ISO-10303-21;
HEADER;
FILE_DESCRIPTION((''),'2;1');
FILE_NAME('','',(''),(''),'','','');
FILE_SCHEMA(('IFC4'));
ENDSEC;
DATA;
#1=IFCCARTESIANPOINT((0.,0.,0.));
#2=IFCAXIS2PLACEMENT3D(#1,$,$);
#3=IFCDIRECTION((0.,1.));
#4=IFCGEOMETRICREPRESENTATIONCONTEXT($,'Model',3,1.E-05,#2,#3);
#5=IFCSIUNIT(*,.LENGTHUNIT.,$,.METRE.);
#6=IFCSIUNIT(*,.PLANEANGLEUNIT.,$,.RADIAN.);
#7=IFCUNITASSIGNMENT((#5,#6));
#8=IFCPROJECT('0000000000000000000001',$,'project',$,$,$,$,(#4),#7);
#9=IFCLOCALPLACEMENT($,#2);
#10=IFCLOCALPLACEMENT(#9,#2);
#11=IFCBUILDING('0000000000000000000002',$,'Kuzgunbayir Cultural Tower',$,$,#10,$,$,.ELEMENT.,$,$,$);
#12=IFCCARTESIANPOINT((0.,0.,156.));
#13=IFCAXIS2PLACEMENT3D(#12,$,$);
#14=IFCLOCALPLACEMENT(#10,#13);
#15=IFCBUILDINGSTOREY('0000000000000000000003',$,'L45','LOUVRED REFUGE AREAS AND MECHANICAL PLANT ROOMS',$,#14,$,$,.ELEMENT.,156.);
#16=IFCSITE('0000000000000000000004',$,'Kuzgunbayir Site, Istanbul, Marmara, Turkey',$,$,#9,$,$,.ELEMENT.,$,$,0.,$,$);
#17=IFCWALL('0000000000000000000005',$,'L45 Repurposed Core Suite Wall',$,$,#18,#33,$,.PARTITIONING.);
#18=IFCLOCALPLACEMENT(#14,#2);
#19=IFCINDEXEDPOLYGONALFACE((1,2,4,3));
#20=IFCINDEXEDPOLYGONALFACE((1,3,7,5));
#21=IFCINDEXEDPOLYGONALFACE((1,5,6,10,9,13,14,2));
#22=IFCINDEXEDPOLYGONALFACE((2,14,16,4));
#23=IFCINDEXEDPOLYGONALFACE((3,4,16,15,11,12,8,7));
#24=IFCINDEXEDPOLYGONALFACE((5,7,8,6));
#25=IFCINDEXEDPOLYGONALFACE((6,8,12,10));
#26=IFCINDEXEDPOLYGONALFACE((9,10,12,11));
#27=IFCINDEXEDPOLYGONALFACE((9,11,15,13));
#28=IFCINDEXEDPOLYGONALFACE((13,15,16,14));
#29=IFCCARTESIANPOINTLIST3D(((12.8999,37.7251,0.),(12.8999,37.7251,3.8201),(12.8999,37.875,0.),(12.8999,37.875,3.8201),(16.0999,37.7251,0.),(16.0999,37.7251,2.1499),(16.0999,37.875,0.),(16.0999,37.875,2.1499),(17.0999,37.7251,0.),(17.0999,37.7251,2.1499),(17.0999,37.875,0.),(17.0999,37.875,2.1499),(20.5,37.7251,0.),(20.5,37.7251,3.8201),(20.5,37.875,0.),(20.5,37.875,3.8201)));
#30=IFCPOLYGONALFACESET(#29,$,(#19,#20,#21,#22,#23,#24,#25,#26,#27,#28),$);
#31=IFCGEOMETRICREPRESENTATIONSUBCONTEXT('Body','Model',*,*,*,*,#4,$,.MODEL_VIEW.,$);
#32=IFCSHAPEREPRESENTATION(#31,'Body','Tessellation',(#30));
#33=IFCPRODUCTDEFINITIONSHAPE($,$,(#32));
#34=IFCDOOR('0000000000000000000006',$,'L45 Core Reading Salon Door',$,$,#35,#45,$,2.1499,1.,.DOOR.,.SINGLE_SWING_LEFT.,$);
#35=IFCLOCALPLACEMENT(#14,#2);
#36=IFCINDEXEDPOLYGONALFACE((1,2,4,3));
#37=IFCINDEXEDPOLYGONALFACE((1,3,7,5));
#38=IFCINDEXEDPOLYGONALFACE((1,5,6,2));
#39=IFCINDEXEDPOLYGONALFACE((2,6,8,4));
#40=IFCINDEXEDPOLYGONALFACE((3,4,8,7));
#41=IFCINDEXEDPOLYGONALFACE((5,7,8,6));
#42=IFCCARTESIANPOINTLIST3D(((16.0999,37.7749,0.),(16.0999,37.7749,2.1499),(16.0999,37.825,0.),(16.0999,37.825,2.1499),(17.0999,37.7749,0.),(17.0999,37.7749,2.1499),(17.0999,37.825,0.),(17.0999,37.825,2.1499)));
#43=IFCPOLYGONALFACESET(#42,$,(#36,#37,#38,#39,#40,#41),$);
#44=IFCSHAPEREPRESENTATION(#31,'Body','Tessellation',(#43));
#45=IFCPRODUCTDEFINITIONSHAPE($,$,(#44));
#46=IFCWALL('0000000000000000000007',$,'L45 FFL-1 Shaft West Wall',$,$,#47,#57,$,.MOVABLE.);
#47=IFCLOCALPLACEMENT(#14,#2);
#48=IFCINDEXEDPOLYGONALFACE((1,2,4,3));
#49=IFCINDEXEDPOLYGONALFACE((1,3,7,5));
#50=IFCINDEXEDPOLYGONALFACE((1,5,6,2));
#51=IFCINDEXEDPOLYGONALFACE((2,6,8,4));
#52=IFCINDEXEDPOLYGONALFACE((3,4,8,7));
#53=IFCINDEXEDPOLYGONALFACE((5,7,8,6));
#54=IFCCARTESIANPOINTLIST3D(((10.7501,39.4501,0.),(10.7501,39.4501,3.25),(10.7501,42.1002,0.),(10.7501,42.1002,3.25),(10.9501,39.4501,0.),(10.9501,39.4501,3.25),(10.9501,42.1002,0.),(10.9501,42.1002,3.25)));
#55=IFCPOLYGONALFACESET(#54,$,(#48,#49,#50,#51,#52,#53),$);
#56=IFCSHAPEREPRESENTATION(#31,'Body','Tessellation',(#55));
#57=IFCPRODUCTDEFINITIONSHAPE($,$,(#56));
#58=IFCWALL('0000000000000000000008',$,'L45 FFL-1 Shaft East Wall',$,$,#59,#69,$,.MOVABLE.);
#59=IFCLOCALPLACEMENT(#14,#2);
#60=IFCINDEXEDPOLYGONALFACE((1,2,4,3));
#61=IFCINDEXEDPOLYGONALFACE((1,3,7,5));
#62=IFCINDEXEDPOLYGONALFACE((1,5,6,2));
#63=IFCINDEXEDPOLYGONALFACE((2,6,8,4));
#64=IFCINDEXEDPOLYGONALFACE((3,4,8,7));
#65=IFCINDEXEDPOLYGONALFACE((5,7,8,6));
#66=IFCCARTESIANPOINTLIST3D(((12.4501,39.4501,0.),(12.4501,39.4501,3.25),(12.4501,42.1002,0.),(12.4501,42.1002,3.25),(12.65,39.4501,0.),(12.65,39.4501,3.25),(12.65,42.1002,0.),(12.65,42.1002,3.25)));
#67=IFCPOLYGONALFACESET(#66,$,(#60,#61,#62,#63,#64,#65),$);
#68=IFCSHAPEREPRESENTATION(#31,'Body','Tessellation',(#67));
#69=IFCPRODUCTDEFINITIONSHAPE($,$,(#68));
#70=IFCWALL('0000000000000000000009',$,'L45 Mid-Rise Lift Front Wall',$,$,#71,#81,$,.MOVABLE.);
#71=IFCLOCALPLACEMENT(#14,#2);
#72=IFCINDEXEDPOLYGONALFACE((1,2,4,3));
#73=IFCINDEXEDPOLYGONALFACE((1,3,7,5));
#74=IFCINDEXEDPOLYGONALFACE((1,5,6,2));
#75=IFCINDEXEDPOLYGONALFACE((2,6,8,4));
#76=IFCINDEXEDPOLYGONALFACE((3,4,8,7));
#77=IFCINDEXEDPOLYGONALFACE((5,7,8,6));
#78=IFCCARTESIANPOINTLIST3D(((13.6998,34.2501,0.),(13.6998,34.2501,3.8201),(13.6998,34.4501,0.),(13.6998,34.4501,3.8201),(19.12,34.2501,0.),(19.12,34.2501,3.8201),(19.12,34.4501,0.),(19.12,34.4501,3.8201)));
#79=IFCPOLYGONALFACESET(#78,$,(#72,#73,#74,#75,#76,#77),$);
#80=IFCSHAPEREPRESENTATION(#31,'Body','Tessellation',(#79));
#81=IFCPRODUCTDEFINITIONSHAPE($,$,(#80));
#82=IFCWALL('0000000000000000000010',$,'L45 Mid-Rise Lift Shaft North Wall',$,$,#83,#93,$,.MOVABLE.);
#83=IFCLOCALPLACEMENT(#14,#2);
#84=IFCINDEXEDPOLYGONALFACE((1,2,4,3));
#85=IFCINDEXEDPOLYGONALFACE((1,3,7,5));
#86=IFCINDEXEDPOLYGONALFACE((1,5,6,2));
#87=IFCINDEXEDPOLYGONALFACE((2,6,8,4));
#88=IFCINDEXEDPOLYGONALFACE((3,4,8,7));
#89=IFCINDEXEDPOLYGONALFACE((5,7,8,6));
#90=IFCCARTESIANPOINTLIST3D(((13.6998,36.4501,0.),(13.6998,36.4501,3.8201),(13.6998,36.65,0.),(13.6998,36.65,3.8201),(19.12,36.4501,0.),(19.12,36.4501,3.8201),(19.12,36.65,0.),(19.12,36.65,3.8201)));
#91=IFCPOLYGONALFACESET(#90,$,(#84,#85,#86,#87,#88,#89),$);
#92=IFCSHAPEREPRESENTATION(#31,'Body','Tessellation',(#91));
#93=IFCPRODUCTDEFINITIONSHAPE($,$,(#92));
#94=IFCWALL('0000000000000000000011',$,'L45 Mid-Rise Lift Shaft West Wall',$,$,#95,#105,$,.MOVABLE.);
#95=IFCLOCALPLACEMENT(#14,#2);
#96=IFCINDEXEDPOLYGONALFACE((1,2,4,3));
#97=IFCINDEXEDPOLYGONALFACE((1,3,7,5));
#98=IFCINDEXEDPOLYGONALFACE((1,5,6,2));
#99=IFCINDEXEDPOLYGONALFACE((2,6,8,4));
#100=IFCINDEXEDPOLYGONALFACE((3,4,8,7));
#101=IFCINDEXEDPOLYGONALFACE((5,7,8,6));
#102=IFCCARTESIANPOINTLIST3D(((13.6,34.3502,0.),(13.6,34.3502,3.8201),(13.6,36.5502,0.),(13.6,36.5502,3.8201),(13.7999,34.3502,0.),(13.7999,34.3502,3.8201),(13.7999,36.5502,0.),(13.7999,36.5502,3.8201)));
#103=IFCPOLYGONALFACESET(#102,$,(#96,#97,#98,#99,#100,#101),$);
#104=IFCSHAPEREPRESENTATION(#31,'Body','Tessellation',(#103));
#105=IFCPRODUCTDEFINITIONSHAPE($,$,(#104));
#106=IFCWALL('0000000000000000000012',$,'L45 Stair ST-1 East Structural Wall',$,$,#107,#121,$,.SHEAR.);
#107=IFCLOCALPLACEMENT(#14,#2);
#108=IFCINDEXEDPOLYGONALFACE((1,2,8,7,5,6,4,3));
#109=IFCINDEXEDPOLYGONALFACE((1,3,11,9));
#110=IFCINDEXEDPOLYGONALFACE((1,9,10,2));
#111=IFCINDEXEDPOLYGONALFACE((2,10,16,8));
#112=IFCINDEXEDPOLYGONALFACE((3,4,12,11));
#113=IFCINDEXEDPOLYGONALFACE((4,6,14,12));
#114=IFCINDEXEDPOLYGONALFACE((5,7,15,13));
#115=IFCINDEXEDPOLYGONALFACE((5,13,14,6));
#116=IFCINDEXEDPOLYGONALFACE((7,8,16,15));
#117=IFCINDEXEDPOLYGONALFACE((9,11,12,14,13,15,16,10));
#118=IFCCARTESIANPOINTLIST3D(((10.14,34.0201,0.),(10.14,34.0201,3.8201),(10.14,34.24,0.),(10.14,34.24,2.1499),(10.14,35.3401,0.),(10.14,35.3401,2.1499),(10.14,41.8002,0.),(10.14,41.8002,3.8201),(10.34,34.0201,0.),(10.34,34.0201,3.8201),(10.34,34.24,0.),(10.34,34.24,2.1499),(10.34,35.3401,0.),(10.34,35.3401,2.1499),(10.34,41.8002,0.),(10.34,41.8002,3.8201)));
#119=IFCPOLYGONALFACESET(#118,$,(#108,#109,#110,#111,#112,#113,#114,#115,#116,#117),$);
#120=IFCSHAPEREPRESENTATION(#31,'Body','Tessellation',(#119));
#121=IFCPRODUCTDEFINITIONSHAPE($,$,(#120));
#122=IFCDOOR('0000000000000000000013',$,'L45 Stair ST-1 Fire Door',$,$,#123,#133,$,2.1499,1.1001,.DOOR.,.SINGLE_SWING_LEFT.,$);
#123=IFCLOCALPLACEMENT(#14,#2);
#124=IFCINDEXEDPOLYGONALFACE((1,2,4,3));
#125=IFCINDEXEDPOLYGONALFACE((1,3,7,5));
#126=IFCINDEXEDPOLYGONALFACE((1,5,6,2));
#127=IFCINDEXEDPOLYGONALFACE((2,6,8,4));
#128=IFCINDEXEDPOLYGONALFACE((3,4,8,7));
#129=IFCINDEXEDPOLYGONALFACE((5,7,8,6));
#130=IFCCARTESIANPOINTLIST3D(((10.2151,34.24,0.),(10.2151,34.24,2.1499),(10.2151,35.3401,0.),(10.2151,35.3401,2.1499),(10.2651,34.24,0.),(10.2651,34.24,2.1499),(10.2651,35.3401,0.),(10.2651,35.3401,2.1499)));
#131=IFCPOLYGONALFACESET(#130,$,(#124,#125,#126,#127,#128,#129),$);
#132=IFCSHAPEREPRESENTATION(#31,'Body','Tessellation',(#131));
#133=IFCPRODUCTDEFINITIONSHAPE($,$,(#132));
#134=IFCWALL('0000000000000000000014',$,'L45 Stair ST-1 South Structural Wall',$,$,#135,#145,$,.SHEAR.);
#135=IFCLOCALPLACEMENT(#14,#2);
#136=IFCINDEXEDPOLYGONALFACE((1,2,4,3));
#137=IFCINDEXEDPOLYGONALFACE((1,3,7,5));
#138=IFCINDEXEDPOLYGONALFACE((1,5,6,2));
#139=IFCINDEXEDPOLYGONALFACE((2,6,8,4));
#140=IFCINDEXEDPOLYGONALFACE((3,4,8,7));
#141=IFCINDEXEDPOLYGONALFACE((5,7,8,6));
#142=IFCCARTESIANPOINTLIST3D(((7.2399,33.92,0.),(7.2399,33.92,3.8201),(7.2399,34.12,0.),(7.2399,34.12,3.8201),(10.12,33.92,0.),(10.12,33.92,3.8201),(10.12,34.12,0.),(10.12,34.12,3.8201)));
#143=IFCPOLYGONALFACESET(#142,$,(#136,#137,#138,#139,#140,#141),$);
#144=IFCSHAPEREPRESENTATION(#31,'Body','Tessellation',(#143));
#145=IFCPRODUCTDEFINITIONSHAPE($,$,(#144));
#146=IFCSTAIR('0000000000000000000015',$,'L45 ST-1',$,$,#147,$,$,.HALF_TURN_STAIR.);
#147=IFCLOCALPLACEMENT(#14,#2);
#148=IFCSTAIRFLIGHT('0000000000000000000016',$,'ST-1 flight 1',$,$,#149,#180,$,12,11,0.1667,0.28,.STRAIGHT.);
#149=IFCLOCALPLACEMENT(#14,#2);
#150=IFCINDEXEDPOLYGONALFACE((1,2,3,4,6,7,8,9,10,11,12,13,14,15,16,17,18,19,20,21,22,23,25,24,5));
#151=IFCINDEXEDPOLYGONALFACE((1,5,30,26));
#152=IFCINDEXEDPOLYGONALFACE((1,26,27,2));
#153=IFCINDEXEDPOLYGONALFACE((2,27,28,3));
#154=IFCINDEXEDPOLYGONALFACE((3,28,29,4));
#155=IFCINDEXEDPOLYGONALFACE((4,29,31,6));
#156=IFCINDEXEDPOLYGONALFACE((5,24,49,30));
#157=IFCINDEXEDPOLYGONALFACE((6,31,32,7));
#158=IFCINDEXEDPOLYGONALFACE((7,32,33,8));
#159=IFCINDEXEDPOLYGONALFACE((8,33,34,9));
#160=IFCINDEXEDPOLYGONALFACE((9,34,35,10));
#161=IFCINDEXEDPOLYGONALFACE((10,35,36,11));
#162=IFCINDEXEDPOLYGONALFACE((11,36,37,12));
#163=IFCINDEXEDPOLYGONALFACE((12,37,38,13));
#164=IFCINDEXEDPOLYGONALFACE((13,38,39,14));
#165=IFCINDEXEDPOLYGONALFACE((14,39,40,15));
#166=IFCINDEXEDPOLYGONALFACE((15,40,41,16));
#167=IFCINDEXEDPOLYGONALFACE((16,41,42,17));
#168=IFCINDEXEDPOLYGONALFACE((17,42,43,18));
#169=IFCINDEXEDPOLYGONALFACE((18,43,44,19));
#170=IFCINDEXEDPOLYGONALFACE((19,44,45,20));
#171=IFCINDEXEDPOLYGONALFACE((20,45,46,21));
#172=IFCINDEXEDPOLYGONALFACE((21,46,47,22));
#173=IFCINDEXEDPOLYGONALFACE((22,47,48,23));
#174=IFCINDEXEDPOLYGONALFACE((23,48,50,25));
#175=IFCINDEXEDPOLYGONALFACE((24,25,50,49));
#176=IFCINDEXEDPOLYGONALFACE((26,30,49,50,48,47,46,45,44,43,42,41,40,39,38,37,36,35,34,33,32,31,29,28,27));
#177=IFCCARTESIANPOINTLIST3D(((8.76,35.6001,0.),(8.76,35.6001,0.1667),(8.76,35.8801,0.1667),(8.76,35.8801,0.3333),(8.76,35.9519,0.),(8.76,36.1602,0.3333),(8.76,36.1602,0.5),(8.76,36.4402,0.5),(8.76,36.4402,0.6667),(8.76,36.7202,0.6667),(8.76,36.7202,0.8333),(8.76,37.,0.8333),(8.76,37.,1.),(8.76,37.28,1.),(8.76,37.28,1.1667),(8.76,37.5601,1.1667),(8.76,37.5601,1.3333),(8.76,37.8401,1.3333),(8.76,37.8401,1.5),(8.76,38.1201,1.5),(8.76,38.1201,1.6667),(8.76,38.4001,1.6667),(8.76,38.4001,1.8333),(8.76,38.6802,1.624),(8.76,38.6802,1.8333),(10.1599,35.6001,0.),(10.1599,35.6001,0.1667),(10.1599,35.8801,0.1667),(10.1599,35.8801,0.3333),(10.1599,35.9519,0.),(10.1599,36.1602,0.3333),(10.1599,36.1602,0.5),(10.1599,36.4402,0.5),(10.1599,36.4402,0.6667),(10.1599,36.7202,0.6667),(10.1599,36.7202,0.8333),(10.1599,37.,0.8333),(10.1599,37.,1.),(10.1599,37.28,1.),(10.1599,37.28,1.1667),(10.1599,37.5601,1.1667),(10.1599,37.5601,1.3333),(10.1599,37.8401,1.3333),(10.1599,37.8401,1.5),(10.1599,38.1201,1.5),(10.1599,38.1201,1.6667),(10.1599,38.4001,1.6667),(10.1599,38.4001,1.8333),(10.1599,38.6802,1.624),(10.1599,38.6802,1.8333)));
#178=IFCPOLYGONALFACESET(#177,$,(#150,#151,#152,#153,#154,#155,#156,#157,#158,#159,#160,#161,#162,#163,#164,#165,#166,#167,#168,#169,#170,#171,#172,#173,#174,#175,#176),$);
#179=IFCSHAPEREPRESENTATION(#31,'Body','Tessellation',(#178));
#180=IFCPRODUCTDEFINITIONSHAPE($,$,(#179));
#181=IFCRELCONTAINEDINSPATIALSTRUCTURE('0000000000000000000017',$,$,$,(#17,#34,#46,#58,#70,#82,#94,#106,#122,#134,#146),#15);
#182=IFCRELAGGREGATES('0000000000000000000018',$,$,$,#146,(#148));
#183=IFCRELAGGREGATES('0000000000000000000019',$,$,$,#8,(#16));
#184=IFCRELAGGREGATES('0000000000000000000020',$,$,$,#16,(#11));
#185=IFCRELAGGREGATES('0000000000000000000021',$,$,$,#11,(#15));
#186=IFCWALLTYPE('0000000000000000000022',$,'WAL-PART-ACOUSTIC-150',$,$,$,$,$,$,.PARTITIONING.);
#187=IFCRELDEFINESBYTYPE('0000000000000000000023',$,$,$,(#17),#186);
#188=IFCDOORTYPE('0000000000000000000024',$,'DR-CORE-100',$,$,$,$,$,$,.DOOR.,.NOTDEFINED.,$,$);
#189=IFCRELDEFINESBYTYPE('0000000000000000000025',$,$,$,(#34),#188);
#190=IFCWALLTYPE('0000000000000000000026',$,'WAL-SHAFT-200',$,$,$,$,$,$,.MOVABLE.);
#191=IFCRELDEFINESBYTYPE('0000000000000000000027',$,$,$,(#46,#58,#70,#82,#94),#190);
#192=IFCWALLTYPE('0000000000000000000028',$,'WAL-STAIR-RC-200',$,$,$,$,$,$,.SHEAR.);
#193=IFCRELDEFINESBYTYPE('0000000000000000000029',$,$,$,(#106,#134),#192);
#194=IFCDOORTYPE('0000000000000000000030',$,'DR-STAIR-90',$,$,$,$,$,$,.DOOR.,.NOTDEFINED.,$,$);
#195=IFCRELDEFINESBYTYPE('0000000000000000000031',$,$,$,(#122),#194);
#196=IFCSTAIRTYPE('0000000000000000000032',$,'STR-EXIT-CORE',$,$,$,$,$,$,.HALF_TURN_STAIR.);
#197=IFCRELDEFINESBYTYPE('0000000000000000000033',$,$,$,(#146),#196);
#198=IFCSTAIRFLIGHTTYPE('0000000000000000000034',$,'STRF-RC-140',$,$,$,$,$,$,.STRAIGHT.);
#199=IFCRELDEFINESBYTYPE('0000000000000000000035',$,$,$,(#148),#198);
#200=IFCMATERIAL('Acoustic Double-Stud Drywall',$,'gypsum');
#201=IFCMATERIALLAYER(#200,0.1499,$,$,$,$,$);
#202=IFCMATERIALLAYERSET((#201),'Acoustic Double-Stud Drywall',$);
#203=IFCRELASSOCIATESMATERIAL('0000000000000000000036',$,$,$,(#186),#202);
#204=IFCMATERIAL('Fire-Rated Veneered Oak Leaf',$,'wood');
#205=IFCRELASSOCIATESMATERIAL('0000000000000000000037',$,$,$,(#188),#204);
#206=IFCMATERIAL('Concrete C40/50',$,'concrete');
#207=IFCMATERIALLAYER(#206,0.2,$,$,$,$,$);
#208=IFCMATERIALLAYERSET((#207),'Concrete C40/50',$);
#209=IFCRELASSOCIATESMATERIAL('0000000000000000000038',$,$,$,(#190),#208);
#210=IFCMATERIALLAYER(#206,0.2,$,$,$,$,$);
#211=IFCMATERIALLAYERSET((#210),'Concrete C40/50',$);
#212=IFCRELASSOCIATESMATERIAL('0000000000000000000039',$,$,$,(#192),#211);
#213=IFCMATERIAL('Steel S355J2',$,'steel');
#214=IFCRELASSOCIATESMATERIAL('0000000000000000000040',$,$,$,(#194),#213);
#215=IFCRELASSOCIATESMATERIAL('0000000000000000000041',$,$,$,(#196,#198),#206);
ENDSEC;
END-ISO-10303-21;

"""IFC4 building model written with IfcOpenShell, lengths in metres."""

from ifc_helpers import new_model, si_unit, direction, frame, frame_2d, origin, place, context, subcontext, project, spatial, polyline, rectangle, outline, extrude, material, layer, layer_set, type_object, element, fill, aggregate, save


model = new_model("IFC4")

# Units and contexts
model_context = context("Model", 3, precision=1e-05, world=origin(), true_north=direction((0.0, 1.0)))
body_context = subcontext(model_context, "Body", "Model", "MODEL_VIEW")
ifc_project = project(units=[si_unit("LENGTHUNIT", "METRE"), si_unit("PLANEANGLEUNIT", "RADIAN")], contexts=[model_context])

# Site, building, storey
site_placement = place(None, origin())
site = spatial("IfcSite", under=ifc_project, at=site_placement, Name="Kuzgunbayir Site, Istanbul, Marmara, Turkey", CompositionType="ELEMENT", RefElevation=0.0)
building_placement = place(site_placement, origin())
building = spatial("IfcBuilding", under=site, at=building_placement, Name="Kuzgunbayir Cultural Tower", CompositionType="ELEMENT")
storey_placement = place(building_placement, frame((0.0, 0.0, 156.0)))
storey = spatial("IfcBuildingStorey", under=building, at=storey_placement, Name="L45", Description="LOUVRED REFUGE AREAS AND MECHANICAL PLANT ROOMS", CompositionType="ELEMENT", Elevation=156.0)

# Shared definitions
ifc_material_1 = material(Name="Steel S355J2", Category="steel")

# Shared definitions
ifc_material_2 = material(Name="Concrete C40/50", Category="concrete")

# Wall, opening, door
ifc_material_3 = material(Name="Acoustic Double-Stud Drywall", Category="gypsum")
ifc_layer_1 = layer(ifc_material_3, 0.1499)
ifc_layer_set_1 = layer_set([ifc_layer_1], Name="Acoustic Double-Stud Drywall")
wall_type_1 = type_object("IfcWallType", Name="WAL-PART-ACOUSTIC-150", PredefinedType="PARTITIONING", material=ifc_layer_set_1)
wall_1_placement = place(storey_placement, frame((12.8999, 37.8, 0.0), z_axis=(0.0, 0.0, 1.0), x_axis=(1.0, 0.0, 0.0)))
wall_1 = element("IfcWall", 1, at=wall_1_placement, inside=storey, type_object=wall_type_1, Name="L45 Repurposed Core Suite Wall", PredefinedType="PARTITIONING", context=body_context, shape_type="SweptSolid", body=[
    extrude(rectangle(XDim=7.6001, YDim=0.1499, at=frame_2d((3.8, 0.0))), origin(), (0.0, 0.0, 1.0), 3.8201),
])
opening_1_placement = place(wall_1_placement, frame((3.2, 0.0, 0.0)))
opening_1 = element("IfcOpeningElement", 2, at=opening_1_placement, cuts=wall_1, PredefinedType="OPENING", context=body_context, shape_type="SweptSolid", body=[
    extrude(rectangle(XDim=1.0, YDim=2.1499, at=frame_2d((0.5, 1.075))), frame((0.0, 0.085, 0.0), z_axis=(0.0, -1.0, 0.0), x_axis=(1.0, 0.0, 0.0)), (0.0, 0.0, 1.0), 0.1699),
])
ifc_material_4 = material(Name="Fire-Rated Veneered Oak Leaf", Category="wood")
door_type_1 = type_object("IfcDoorType", Name="DR-CORE-100", OperationType="NOTDEFINED", PredefinedType="DOOR", material=ifc_material_4)
door_1_placement = place(opening_1_placement, origin())
door_1 = element("IfcDoor", 3, at=door_1_placement, inside=storey, type_object=door_type_1, Name="L45 Core Reading Salon Door", OperationType="SINGLE_SWING_LEFT", OverallHeight=2.1499, OverallWidth=1.0, PredefinedType="DOOR", context=body_context, shape_type="SweptSolid", body=[
    extrude(rectangle(XDim=1.0, YDim=2.1499, at=frame_2d((0.5, 1.075))), frame((0.0, 0.0249, 0.0), z_axis=(0.0, -1.0, 0.0), x_axis=(1.0, 0.0, 0.0)), (0.0, 0.0, 1.0), 0.05),
])
fill(opening_1, door_1)
ifc_layer_2 = layer(ifc_material_2, 0.2)
ifc_layer_set_2 = layer_set([ifc_layer_2], Name="Concrete C40/50")
wall_type_2 = type_object("IfcWallType", Name="WAL-SHAFT-200", PredefinedType="MOVABLE", material=ifc_layer_set_2)

# Walls
for number, where, z_axis, x_axis, name in (
    (4, (10.8501, 39.45, 0.0), (0.0, 0.0, 1.0), (0.0, 1.0, 0.0), "L45 FFL-1 Shaft West Wall"),
    (5, (12.55, 39.45, 0.0), (0.0, 0.0, 1.0), (0.0, 1.0, 0.0), "L45 FFL-1 Shaft East Wall"),
):
    element("IfcWall", number, at=place(storey_placement, frame(where, z_axis=z_axis, x_axis=x_axis)), inside=storey, type_object=wall_type_2, Name=name, PredefinedType="MOVABLE", context=body_context, shape_type="SweptSolid", body=[
        extrude(rectangle(XDim=2.6501, YDim=0.2, at=frame_2d((1.3252, 0.0))), origin(), (0.0, 0.0, 1.0), 3.25),
    ])
for number, where, z_axis, x_axis, name in (
    (6, (13.7, 34.3501, 0.0), (0.0, 0.0, 1.0), (1.0, 0.0, 0.0), "L45 Mid-Rise Lift Front Wall"),
    (7, (13.7, 36.55, 0.0), (0.0, 0.0, 1.0), (1.0, 0.0, 0.0), "L45 Mid-Rise Lift Shaft North Wall"),
):
    element("IfcWall", number, at=place(storey_placement, frame(where, z_axis=z_axis, x_axis=x_axis)), inside=storey, type_object=wall_type_2, Name=name, PredefinedType="MOVABLE", context=body_context, shape_type="SweptSolid", body=[
        extrude(rectangle(XDim=5.4202, YDim=0.2, at=frame_2d((2.71, 0.0))), origin(), (0.0, 0.0, 1.0), 3.8201),
    ])
wall_2_placement = place(storey_placement, frame((13.7, 34.3501, 0.0), z_axis=(0.0, 0.0, 1.0), x_axis=(0.0, 1.0, 0.0)))
element("IfcWall", 8, at=wall_2_placement, inside=storey, type_object=wall_type_2, Name="L45 Mid-Rise Lift Shaft West Wall", PredefinedType="MOVABLE", context=body_context, shape_type="SweptSolid", body=[
    extrude(rectangle(XDim=2.2, YDim=0.2, at=frame_2d((1.1001, 0.0))), origin(), (0.0, 0.0, 1.0), 3.8201),
])

# Wall, opening, door
ifc_layer_3 = layer(ifc_material_2, 0.2)
ifc_layer_set_3 = layer_set([ifc_layer_3], Name="Concrete C40/50")
wall_type_3 = type_object("IfcWallType", Name="WAL-STAIR-RC-200", PredefinedType="SHEAR", material=ifc_layer_set_3)
wall_3_placement = place(storey_placement, frame((10.24, 34.02, 0.0), z_axis=(0.0, 0.0, 1.0), x_axis=(0.0, 1.0, 0.0)))
wall_3 = element("IfcWall", 9, at=wall_3_placement, inside=storey, type_object=wall_type_3, Name="L45 Stair ST-1 East Structural Wall", PredefinedType="SHEAR", context=body_context, shape_type="SweptSolid", body=[
    extrude(rectangle(XDim=7.78, YDim=0.2, at=frame_2d((3.8901, 0.0))), origin(), (0.0, 0.0, 1.0), 3.8201),
])
opening_2_placement = place(wall_3_placement, frame((0.22, 0.0, 0.0)))
opening_2 = element("IfcOpeningElement", 10, at=opening_2_placement, cuts=wall_3, PredefinedType="OPENING", context=body_context, shape_type="SweptSolid", body=[
    extrude(rectangle(XDim=1.1001, YDim=2.1499, at=frame_2d((0.55, 1.075))), frame((0.0, 0.1099, 0.0), z_axis=(0.0, -1.0, 0.0), x_axis=(1.0, 0.0, 0.0)), (0.0, 0.0, 1.0), 0.22),
])
door_type_2 = type_object("IfcDoorType", Name="DR-STAIR-90", OperationType="NOTDEFINED", PredefinedType="DOOR", material=ifc_material_1)
door_2_placement = place(opening_2_placement, origin())
door_2 = element("IfcDoor", 11, at=door_2_placement, inside=storey, type_object=door_type_2, Name="L45 Stair ST-1 Fire Door", OperationType="SINGLE_SWING_LEFT", OverallHeight=2.1499, OverallWidth=1.1001, PredefinedType="DOOR", context=body_context, shape_type="SweptSolid", body=[
    extrude(rectangle(XDim=1.1001, YDim=2.1499, at=frame_2d((0.55, 1.075))), frame((0.0, 0.0249, 0.0), z_axis=(0.0, -1.0, 0.0), x_axis=(1.0, 0.0, 0.0)), (0.0, 0.0, 1.0), 0.05),
])
fill(opening_2, door_2)

# Wall
wall_4_placement = place(storey_placement, frame((7.24, 34.02, 0.0), z_axis=(0.0, 0.0, 1.0), x_axis=(1.0, 0.0, 0.0)))
element("IfcWall", 12, at=wall_4_placement, inside=storey, type_object=wall_type_3, Name="L45 Stair ST-1 South Structural Wall", PredefinedType="SHEAR", context=body_context, shape_type="SweptSolid", body=[
    extrude(rectangle(XDim=2.8801, YDim=0.2, at=frame_2d((1.4399, 0.0))), origin(), (0.0, 0.0, 1.0), 3.8201),
])

# Stair, stair flight
stair_type = type_object("IfcStairType", Name="STR-EXIT-CORE", PredefinedType="HALF_TURN_STAIR", material=ifc_material_2)
stair_placement = place(storey_placement, origin())
stair = element("IfcStair", 13, at=stair_placement, inside=storey, type_object=stair_type, Name="L45 ST-1", PredefinedType="HALF_TURN_STAIR")
stair_flight_type = type_object("IfcStairFlightType", Name="STRF-RC-140", PredefinedType="STRAIGHT", material=ifc_material_2)
stair_flight_1_placement = place(storey_placement, frame((9.46, 35.6001, 0.0), z_axis=(0.0, 0.0, 1.0), x_axis=(0.0, 1.0, 0.0)))
stair_flight_1 = element("IfcStairFlight", 14, at=stair_flight_1_placement, type_object=stair_flight_type, Name="ST-1 flight 1", NumberOfRisers=12, NumberOfTreads=11, PredefinedType="STRAIGHT", RiserHeight=0.1667, TreadLength=0.28, context=body_context, shape_type="SweptSolid", body=[
    extrude(outline(polyline([(0.0, 0.0), (0.0, 0.1667), (0.28, 0.1667), (0.28, 0.3333), (0.5601, 0.3333), (0.5601, 0.5), (0.8401, 0.5), (0.8401, 0.6667), (1.1201, 0.6667), (1.1201, 0.8333), (1.3999, 0.8333), (1.3999, 1.0), (1.6799, 1.0), (1.6799, 1.1667), (1.96, 1.1667), (1.96, 1.3333), (2.24, 1.3333), (2.24, 1.5), (2.52, 1.5), (2.52, 1.6667), (2.8, 1.6667), (2.8, 1.8333), (3.0801, 1.8333), (3.0801, 2.0), (3.0801, 1.624), (0.3518, 0.0), (0.0, 0.0)])), frame((0.0, 0.7, 0.0), z_axis=(0.0, -1.0, 0.0), x_axis=(1.0, 0.0, 0.0)), (0.0, 0.0, 1.0), 1.3999),
])
aggregate(stair, [stair_flight_1])

save(model, "model.ifc")
